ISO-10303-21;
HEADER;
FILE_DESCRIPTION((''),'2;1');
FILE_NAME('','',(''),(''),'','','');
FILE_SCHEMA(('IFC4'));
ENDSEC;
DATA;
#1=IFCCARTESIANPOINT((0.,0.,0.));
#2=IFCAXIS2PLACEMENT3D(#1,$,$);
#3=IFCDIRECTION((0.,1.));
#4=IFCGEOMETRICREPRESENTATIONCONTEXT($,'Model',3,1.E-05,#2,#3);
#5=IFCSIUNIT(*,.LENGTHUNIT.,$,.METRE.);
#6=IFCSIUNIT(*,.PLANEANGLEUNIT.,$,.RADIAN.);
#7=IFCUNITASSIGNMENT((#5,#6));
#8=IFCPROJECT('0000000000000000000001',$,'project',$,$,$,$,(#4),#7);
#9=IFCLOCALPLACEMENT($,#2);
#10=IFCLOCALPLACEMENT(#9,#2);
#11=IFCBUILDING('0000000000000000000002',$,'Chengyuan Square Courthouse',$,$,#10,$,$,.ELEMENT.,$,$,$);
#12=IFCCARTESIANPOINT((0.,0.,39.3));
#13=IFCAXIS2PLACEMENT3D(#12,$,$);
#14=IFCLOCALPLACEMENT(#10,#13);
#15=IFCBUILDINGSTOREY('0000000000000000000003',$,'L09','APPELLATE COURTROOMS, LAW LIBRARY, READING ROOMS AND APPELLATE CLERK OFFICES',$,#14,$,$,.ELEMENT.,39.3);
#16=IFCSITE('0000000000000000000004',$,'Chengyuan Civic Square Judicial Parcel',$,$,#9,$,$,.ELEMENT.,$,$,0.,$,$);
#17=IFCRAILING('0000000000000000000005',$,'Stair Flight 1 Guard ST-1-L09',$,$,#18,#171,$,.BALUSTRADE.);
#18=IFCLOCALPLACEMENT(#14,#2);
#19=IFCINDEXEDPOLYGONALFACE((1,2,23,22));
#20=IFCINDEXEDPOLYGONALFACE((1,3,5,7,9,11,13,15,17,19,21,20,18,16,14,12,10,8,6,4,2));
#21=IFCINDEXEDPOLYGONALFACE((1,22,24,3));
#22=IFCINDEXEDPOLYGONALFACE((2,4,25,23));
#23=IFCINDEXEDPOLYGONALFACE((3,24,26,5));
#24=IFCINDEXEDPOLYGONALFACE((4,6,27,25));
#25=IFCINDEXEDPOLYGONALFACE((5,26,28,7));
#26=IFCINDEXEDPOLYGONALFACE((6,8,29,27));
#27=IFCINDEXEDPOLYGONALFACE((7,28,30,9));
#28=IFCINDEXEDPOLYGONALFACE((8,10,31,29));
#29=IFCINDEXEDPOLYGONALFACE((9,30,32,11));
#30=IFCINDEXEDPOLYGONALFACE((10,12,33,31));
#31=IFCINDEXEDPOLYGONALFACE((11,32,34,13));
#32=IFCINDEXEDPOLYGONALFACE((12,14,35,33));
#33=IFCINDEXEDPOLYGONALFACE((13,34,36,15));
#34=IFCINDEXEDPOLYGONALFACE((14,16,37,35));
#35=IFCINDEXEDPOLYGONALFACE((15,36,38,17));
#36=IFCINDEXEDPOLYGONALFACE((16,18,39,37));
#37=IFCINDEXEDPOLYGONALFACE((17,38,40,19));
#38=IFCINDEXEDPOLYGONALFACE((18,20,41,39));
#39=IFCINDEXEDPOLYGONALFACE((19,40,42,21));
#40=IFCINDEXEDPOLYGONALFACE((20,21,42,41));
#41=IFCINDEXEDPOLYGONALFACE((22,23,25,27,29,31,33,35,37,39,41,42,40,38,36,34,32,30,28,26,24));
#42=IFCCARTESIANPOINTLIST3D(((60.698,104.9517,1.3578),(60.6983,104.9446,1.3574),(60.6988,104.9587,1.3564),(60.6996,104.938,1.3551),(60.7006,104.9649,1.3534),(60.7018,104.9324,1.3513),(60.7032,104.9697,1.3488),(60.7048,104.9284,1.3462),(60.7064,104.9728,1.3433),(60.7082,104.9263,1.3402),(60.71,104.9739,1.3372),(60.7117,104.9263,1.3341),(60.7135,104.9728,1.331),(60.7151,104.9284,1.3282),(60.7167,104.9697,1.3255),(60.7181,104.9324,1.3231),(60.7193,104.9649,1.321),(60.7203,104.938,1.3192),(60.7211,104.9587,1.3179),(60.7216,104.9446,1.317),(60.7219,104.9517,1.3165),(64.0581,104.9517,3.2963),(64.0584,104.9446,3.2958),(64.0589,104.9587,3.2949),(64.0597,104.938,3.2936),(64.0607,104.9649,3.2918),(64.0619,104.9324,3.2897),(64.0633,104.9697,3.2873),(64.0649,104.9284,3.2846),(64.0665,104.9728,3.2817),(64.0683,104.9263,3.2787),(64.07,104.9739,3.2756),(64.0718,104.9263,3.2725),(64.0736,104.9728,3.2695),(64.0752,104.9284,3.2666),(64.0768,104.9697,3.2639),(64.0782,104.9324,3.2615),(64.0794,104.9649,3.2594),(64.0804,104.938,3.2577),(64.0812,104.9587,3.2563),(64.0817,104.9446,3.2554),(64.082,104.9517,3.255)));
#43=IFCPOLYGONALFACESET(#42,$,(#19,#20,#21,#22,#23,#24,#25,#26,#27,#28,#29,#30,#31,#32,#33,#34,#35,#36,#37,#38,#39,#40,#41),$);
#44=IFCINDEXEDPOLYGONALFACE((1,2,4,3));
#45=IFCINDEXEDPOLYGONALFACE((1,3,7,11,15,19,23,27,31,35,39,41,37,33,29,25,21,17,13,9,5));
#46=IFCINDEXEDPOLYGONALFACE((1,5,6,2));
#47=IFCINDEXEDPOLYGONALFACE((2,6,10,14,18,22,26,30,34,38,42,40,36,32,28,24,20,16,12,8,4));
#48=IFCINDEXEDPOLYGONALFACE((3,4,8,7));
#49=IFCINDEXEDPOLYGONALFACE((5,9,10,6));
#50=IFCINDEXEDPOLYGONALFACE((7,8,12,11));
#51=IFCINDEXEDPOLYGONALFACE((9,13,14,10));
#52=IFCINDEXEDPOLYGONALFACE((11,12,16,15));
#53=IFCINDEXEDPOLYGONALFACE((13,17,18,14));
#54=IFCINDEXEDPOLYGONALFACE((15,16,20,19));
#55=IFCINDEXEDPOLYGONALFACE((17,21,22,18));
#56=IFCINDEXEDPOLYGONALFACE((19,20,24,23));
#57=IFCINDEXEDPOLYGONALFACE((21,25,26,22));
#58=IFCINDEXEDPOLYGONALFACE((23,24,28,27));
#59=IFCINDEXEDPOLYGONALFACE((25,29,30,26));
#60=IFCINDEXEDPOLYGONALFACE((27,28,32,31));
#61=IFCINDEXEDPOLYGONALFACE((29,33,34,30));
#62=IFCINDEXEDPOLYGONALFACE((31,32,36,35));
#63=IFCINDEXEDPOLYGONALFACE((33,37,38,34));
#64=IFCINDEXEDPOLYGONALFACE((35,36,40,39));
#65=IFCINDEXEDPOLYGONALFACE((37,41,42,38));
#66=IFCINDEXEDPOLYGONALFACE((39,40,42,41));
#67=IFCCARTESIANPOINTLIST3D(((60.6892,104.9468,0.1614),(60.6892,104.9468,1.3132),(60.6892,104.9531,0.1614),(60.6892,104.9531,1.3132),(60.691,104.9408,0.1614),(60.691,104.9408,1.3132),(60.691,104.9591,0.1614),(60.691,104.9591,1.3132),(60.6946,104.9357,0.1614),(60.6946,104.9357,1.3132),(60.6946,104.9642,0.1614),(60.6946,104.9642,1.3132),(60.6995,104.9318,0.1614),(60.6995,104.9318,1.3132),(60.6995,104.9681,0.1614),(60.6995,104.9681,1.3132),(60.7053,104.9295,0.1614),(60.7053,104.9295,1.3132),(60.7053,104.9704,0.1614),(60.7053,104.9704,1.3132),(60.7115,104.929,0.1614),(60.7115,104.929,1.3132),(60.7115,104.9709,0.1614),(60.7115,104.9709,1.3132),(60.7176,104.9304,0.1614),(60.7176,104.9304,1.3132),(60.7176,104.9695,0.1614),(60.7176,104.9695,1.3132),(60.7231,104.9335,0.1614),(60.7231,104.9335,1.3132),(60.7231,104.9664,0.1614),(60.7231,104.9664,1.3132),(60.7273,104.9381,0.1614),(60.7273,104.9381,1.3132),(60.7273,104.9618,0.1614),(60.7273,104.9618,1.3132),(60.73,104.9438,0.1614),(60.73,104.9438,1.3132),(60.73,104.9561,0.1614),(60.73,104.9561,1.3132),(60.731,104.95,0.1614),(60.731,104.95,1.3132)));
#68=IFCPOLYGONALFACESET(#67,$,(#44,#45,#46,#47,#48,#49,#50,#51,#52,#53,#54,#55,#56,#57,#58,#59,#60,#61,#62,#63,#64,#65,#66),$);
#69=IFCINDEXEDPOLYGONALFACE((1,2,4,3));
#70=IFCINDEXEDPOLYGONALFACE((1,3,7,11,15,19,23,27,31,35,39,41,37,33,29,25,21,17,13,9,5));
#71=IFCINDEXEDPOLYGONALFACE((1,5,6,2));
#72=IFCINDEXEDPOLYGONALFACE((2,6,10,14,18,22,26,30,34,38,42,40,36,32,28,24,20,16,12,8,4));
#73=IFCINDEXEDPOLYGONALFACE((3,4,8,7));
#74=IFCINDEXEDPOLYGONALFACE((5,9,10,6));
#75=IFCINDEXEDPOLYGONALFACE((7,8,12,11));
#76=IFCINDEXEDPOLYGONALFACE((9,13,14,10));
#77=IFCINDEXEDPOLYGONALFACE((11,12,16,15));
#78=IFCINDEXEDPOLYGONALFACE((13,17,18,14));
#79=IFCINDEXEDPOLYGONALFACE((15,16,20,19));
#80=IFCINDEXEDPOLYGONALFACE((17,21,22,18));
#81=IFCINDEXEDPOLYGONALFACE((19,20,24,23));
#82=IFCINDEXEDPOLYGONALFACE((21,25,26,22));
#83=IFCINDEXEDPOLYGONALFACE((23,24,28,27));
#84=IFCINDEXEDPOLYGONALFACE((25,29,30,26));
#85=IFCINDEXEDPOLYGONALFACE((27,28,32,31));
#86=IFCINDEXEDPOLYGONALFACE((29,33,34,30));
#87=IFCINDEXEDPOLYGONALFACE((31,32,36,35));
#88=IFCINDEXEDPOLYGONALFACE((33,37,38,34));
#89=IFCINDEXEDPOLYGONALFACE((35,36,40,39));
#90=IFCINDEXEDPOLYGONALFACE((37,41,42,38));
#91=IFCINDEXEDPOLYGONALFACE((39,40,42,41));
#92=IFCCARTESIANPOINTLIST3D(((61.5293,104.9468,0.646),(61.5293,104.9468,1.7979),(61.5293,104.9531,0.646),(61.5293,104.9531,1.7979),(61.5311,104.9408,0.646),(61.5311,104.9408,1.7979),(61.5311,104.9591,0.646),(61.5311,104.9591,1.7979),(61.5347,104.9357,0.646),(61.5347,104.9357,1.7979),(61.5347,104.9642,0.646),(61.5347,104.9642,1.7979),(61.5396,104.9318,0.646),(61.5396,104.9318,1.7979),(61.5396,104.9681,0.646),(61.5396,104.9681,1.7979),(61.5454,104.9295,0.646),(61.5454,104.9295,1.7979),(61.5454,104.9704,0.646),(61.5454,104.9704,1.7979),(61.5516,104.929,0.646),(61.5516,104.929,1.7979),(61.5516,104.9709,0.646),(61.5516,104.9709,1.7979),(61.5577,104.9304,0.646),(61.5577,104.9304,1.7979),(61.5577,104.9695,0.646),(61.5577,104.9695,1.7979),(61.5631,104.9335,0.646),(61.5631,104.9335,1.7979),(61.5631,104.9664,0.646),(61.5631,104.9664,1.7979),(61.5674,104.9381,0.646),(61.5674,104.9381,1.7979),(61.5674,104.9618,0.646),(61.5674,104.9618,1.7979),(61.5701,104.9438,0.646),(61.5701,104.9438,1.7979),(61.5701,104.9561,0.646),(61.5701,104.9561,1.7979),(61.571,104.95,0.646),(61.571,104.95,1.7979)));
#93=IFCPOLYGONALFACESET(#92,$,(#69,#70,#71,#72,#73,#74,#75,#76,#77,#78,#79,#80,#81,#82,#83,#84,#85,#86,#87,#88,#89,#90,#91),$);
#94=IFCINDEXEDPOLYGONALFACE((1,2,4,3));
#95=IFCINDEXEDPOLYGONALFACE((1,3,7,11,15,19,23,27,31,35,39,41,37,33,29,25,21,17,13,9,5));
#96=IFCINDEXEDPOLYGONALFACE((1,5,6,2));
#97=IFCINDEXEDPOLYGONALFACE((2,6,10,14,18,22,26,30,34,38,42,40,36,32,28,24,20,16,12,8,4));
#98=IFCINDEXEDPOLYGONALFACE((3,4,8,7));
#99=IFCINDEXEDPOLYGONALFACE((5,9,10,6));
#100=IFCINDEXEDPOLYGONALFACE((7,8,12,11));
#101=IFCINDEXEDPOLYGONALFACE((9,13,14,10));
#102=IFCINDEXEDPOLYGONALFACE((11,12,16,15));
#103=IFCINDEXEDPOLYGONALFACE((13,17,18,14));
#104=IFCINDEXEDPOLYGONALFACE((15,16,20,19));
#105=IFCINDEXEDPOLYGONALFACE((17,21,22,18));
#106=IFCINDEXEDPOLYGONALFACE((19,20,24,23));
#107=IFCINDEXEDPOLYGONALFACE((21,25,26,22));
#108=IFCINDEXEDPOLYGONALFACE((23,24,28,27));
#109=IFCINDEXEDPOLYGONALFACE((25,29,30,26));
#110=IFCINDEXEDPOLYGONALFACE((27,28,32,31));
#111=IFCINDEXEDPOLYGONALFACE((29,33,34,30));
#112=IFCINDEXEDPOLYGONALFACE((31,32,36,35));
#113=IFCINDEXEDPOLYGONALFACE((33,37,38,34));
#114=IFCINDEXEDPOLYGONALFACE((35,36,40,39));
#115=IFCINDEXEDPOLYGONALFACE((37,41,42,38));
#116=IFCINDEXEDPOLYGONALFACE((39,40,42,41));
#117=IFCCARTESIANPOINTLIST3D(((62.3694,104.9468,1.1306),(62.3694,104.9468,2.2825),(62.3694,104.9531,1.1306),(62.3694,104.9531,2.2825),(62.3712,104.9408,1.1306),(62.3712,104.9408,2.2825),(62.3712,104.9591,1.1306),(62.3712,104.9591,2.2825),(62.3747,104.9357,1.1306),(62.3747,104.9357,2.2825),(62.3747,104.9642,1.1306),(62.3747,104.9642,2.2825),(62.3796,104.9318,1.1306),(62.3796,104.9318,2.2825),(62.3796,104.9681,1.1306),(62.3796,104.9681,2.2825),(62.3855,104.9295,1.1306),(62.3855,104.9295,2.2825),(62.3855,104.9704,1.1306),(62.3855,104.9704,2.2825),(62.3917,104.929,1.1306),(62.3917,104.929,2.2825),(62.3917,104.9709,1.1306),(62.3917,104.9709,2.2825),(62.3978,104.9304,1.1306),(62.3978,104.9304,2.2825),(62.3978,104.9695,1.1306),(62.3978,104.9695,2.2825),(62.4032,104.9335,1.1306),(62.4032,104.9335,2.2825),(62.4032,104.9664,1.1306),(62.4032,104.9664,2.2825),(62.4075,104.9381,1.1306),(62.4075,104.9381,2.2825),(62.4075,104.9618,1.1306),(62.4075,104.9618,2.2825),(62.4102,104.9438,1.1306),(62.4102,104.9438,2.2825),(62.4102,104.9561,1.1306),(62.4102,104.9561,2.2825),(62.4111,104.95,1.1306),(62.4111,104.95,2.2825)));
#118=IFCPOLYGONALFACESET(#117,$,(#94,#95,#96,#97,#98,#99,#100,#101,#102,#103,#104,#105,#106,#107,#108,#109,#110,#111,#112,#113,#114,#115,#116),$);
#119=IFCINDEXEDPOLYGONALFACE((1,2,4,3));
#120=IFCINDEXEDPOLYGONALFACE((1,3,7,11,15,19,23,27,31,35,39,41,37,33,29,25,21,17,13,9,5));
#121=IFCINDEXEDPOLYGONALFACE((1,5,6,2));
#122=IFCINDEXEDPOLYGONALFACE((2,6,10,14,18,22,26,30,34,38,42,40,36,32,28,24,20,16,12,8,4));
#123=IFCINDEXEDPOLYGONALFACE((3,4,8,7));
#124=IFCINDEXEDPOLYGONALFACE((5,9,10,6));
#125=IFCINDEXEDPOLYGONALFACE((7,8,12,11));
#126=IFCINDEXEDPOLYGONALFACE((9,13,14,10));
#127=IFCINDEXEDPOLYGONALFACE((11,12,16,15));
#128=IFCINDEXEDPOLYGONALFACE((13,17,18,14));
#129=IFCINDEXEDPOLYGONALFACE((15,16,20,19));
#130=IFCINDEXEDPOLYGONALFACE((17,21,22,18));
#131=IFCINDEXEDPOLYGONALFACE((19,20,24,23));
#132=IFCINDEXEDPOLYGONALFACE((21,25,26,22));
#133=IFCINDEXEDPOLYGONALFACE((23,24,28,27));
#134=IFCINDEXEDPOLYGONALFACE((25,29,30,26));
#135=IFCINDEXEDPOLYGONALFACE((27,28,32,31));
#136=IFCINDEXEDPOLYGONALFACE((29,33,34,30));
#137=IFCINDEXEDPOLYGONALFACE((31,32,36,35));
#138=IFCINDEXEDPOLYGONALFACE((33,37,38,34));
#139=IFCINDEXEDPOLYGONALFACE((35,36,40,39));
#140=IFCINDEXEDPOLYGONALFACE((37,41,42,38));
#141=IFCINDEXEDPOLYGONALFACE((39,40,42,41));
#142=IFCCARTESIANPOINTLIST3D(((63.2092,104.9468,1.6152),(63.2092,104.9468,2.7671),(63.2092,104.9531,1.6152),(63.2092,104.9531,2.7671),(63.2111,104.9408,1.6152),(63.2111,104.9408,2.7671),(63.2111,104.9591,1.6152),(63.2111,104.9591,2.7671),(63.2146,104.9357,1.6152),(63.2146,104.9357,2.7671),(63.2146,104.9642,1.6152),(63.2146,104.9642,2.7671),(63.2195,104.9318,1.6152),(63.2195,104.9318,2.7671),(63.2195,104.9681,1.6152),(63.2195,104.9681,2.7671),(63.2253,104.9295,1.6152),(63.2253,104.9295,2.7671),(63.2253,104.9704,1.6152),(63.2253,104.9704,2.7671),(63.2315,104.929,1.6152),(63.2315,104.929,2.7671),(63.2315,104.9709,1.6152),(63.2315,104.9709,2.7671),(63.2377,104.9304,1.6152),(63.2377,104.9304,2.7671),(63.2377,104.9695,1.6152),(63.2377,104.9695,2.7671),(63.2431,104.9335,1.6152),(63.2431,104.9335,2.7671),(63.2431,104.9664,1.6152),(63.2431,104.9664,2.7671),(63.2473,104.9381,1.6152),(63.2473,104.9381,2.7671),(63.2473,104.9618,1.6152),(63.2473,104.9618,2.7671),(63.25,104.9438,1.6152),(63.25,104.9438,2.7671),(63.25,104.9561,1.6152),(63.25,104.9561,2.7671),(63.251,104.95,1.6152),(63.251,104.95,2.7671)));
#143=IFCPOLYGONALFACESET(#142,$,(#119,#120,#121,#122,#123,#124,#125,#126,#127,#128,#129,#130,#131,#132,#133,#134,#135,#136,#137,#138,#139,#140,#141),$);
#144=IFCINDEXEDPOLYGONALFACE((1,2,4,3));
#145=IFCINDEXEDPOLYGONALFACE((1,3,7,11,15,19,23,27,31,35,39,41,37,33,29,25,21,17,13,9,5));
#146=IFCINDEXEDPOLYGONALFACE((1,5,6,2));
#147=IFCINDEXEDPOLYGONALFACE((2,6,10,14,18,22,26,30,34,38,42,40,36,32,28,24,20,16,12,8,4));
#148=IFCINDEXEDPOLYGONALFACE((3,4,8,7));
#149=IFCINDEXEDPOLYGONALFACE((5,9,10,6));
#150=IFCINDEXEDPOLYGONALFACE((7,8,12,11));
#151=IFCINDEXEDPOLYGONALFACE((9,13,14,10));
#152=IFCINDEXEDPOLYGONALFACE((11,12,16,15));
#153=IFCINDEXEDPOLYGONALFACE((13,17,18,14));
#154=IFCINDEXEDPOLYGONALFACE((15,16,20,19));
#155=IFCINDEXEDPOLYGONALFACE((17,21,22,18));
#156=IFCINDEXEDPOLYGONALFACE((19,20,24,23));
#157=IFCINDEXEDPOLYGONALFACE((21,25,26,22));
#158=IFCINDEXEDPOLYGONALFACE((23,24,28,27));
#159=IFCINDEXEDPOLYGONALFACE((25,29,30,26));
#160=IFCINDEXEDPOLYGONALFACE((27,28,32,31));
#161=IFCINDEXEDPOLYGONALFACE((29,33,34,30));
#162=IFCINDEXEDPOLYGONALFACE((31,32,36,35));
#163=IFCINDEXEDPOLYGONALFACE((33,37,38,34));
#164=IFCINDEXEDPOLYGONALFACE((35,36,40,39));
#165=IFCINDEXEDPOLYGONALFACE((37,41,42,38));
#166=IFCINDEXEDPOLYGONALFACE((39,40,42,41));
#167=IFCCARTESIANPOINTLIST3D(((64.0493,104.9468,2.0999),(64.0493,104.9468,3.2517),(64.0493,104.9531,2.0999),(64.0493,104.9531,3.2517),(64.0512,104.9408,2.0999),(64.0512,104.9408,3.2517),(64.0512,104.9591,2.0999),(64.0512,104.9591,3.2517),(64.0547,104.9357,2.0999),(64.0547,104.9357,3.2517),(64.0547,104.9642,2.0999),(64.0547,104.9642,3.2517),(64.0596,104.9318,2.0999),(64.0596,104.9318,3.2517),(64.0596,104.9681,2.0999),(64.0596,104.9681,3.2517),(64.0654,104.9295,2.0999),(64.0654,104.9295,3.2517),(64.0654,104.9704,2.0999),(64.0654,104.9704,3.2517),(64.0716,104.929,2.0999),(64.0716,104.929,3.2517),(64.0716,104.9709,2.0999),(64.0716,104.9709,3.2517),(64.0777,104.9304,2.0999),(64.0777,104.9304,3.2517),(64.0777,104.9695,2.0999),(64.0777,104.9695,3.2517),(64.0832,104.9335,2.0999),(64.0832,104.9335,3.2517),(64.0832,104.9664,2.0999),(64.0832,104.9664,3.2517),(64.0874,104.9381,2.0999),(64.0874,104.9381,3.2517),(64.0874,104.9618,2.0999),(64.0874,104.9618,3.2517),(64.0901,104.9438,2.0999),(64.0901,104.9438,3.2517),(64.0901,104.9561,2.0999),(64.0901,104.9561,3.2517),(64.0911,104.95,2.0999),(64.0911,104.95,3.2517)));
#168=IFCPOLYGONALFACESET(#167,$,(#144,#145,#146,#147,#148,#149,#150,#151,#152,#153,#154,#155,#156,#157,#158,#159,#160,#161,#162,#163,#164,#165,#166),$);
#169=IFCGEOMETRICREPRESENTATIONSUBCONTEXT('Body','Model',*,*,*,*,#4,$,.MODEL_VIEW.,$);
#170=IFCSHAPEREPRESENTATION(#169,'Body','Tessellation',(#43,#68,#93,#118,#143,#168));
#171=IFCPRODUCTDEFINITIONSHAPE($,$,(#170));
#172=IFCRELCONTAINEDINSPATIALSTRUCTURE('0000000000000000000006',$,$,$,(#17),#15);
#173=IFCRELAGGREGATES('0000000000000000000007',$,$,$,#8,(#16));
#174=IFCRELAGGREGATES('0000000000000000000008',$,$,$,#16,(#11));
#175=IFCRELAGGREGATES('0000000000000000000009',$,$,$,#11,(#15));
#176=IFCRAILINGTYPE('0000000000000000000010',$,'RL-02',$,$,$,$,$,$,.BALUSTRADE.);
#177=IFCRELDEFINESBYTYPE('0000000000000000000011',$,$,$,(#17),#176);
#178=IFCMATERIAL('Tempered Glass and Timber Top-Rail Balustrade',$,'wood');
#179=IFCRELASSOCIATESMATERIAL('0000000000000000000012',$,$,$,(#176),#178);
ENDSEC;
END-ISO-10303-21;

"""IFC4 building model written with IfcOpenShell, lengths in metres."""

from ifc_helpers import new_model, si_unit, direction, frame, origin, origin_2d, place, context, subcontext, project, spatial, circle, extrude, material, type_object, element, save


model = new_model("IFC4")

# Units and contexts
model_context = context("Model", 3, precision=1e-05, world=origin(), true_north=direction((0.0, 1.0)))
body_context = subcontext(model_context, "Body", "Model", "MODEL_VIEW")
ifc_project = project(units=[si_unit("LENGTHUNIT", "METRE"), si_unit("PLANEANGLEUNIT", "RADIAN")], contexts=[model_context])

# Site, building, storey
site_placement = place(None, origin())
site = spatial("IfcSite", under=ifc_project, at=site_placement, Name="Chengyuan Civic Square Judicial Parcel", CompositionType="ELEMENT", RefElevation=0.0)
building_placement = place(site_placement, origin())
building = spatial("IfcBuilding", under=site, at=building_placement, Name="Chengyuan Square Courthouse", CompositionType="ELEMENT")
storey_placement = place(building_placement, frame((0.0, 0.0, 39.3)))
storey = spatial("IfcBuildingStorey", under=building, at=storey_placement, Name="L09", Description="APPELLATE COURTROOMS, LAW LIBRARY, READING ROOMS AND APPELLATE CLERK OFFICES", CompositionType="ELEMENT", Elevation=39.3)

# Railing
ifc_material_1 = material(Name="Tempered Glass and Timber Top-Rail Balustrade", Category="wood")
railing_type_1 = type_object("IfcRailingType", Name="RL-02", PredefinedType="BALUSTRADE", material=ifc_material_1)
railing_1_placement = place(storey_placement, frame((60.71, 104.95, 0.1614)))
element("IfcRailing", 1, at=railing_1_placement, inside=storey, type_object=railing_type_1, Name="Stair Flight 1 Guard ST-1-L09", PredefinedType="BALUSTRADE", context=body_context, shape_type="SweptSolid", body=[
    extrude(circle(Radius=0.0239, at=origin_2d()), frame((0.0, 0.0, 1.1758), z_axis=(0.866191, 0.0, 0.499713), x_axis=(0.0, 1.0, 0.0)), (0.0, 0.0, 1.0), 3.8792),
    extrude(circle(Radius=0.021, at=origin_2d()), origin(), (0.0, 0.0, 1.0), 1.1519),
    extrude(circle(Radius=0.021, at=origin_2d()), frame((0.8401, 0.0, 0.4846)), (0.0, 0.0, 1.0), 1.1519),
    extrude(circle(Radius=0.021, at=origin_2d()), frame((1.6802, 0.0, 0.9692)), (0.0, 0.0, 1.0), 1.1519),
    extrude(circle(Radius=0.021, at=origin_2d()), frame((2.52, 0.0, 1.4539)), (0.0, 0.0, 1.0), 1.1519),
    extrude(circle(Radius=0.021, at=origin_2d()), frame((3.3601, 0.0, 1.9385)), (0.0, 0.0, 1.0), 1.1519),
])

save(model, "model.ifc")
